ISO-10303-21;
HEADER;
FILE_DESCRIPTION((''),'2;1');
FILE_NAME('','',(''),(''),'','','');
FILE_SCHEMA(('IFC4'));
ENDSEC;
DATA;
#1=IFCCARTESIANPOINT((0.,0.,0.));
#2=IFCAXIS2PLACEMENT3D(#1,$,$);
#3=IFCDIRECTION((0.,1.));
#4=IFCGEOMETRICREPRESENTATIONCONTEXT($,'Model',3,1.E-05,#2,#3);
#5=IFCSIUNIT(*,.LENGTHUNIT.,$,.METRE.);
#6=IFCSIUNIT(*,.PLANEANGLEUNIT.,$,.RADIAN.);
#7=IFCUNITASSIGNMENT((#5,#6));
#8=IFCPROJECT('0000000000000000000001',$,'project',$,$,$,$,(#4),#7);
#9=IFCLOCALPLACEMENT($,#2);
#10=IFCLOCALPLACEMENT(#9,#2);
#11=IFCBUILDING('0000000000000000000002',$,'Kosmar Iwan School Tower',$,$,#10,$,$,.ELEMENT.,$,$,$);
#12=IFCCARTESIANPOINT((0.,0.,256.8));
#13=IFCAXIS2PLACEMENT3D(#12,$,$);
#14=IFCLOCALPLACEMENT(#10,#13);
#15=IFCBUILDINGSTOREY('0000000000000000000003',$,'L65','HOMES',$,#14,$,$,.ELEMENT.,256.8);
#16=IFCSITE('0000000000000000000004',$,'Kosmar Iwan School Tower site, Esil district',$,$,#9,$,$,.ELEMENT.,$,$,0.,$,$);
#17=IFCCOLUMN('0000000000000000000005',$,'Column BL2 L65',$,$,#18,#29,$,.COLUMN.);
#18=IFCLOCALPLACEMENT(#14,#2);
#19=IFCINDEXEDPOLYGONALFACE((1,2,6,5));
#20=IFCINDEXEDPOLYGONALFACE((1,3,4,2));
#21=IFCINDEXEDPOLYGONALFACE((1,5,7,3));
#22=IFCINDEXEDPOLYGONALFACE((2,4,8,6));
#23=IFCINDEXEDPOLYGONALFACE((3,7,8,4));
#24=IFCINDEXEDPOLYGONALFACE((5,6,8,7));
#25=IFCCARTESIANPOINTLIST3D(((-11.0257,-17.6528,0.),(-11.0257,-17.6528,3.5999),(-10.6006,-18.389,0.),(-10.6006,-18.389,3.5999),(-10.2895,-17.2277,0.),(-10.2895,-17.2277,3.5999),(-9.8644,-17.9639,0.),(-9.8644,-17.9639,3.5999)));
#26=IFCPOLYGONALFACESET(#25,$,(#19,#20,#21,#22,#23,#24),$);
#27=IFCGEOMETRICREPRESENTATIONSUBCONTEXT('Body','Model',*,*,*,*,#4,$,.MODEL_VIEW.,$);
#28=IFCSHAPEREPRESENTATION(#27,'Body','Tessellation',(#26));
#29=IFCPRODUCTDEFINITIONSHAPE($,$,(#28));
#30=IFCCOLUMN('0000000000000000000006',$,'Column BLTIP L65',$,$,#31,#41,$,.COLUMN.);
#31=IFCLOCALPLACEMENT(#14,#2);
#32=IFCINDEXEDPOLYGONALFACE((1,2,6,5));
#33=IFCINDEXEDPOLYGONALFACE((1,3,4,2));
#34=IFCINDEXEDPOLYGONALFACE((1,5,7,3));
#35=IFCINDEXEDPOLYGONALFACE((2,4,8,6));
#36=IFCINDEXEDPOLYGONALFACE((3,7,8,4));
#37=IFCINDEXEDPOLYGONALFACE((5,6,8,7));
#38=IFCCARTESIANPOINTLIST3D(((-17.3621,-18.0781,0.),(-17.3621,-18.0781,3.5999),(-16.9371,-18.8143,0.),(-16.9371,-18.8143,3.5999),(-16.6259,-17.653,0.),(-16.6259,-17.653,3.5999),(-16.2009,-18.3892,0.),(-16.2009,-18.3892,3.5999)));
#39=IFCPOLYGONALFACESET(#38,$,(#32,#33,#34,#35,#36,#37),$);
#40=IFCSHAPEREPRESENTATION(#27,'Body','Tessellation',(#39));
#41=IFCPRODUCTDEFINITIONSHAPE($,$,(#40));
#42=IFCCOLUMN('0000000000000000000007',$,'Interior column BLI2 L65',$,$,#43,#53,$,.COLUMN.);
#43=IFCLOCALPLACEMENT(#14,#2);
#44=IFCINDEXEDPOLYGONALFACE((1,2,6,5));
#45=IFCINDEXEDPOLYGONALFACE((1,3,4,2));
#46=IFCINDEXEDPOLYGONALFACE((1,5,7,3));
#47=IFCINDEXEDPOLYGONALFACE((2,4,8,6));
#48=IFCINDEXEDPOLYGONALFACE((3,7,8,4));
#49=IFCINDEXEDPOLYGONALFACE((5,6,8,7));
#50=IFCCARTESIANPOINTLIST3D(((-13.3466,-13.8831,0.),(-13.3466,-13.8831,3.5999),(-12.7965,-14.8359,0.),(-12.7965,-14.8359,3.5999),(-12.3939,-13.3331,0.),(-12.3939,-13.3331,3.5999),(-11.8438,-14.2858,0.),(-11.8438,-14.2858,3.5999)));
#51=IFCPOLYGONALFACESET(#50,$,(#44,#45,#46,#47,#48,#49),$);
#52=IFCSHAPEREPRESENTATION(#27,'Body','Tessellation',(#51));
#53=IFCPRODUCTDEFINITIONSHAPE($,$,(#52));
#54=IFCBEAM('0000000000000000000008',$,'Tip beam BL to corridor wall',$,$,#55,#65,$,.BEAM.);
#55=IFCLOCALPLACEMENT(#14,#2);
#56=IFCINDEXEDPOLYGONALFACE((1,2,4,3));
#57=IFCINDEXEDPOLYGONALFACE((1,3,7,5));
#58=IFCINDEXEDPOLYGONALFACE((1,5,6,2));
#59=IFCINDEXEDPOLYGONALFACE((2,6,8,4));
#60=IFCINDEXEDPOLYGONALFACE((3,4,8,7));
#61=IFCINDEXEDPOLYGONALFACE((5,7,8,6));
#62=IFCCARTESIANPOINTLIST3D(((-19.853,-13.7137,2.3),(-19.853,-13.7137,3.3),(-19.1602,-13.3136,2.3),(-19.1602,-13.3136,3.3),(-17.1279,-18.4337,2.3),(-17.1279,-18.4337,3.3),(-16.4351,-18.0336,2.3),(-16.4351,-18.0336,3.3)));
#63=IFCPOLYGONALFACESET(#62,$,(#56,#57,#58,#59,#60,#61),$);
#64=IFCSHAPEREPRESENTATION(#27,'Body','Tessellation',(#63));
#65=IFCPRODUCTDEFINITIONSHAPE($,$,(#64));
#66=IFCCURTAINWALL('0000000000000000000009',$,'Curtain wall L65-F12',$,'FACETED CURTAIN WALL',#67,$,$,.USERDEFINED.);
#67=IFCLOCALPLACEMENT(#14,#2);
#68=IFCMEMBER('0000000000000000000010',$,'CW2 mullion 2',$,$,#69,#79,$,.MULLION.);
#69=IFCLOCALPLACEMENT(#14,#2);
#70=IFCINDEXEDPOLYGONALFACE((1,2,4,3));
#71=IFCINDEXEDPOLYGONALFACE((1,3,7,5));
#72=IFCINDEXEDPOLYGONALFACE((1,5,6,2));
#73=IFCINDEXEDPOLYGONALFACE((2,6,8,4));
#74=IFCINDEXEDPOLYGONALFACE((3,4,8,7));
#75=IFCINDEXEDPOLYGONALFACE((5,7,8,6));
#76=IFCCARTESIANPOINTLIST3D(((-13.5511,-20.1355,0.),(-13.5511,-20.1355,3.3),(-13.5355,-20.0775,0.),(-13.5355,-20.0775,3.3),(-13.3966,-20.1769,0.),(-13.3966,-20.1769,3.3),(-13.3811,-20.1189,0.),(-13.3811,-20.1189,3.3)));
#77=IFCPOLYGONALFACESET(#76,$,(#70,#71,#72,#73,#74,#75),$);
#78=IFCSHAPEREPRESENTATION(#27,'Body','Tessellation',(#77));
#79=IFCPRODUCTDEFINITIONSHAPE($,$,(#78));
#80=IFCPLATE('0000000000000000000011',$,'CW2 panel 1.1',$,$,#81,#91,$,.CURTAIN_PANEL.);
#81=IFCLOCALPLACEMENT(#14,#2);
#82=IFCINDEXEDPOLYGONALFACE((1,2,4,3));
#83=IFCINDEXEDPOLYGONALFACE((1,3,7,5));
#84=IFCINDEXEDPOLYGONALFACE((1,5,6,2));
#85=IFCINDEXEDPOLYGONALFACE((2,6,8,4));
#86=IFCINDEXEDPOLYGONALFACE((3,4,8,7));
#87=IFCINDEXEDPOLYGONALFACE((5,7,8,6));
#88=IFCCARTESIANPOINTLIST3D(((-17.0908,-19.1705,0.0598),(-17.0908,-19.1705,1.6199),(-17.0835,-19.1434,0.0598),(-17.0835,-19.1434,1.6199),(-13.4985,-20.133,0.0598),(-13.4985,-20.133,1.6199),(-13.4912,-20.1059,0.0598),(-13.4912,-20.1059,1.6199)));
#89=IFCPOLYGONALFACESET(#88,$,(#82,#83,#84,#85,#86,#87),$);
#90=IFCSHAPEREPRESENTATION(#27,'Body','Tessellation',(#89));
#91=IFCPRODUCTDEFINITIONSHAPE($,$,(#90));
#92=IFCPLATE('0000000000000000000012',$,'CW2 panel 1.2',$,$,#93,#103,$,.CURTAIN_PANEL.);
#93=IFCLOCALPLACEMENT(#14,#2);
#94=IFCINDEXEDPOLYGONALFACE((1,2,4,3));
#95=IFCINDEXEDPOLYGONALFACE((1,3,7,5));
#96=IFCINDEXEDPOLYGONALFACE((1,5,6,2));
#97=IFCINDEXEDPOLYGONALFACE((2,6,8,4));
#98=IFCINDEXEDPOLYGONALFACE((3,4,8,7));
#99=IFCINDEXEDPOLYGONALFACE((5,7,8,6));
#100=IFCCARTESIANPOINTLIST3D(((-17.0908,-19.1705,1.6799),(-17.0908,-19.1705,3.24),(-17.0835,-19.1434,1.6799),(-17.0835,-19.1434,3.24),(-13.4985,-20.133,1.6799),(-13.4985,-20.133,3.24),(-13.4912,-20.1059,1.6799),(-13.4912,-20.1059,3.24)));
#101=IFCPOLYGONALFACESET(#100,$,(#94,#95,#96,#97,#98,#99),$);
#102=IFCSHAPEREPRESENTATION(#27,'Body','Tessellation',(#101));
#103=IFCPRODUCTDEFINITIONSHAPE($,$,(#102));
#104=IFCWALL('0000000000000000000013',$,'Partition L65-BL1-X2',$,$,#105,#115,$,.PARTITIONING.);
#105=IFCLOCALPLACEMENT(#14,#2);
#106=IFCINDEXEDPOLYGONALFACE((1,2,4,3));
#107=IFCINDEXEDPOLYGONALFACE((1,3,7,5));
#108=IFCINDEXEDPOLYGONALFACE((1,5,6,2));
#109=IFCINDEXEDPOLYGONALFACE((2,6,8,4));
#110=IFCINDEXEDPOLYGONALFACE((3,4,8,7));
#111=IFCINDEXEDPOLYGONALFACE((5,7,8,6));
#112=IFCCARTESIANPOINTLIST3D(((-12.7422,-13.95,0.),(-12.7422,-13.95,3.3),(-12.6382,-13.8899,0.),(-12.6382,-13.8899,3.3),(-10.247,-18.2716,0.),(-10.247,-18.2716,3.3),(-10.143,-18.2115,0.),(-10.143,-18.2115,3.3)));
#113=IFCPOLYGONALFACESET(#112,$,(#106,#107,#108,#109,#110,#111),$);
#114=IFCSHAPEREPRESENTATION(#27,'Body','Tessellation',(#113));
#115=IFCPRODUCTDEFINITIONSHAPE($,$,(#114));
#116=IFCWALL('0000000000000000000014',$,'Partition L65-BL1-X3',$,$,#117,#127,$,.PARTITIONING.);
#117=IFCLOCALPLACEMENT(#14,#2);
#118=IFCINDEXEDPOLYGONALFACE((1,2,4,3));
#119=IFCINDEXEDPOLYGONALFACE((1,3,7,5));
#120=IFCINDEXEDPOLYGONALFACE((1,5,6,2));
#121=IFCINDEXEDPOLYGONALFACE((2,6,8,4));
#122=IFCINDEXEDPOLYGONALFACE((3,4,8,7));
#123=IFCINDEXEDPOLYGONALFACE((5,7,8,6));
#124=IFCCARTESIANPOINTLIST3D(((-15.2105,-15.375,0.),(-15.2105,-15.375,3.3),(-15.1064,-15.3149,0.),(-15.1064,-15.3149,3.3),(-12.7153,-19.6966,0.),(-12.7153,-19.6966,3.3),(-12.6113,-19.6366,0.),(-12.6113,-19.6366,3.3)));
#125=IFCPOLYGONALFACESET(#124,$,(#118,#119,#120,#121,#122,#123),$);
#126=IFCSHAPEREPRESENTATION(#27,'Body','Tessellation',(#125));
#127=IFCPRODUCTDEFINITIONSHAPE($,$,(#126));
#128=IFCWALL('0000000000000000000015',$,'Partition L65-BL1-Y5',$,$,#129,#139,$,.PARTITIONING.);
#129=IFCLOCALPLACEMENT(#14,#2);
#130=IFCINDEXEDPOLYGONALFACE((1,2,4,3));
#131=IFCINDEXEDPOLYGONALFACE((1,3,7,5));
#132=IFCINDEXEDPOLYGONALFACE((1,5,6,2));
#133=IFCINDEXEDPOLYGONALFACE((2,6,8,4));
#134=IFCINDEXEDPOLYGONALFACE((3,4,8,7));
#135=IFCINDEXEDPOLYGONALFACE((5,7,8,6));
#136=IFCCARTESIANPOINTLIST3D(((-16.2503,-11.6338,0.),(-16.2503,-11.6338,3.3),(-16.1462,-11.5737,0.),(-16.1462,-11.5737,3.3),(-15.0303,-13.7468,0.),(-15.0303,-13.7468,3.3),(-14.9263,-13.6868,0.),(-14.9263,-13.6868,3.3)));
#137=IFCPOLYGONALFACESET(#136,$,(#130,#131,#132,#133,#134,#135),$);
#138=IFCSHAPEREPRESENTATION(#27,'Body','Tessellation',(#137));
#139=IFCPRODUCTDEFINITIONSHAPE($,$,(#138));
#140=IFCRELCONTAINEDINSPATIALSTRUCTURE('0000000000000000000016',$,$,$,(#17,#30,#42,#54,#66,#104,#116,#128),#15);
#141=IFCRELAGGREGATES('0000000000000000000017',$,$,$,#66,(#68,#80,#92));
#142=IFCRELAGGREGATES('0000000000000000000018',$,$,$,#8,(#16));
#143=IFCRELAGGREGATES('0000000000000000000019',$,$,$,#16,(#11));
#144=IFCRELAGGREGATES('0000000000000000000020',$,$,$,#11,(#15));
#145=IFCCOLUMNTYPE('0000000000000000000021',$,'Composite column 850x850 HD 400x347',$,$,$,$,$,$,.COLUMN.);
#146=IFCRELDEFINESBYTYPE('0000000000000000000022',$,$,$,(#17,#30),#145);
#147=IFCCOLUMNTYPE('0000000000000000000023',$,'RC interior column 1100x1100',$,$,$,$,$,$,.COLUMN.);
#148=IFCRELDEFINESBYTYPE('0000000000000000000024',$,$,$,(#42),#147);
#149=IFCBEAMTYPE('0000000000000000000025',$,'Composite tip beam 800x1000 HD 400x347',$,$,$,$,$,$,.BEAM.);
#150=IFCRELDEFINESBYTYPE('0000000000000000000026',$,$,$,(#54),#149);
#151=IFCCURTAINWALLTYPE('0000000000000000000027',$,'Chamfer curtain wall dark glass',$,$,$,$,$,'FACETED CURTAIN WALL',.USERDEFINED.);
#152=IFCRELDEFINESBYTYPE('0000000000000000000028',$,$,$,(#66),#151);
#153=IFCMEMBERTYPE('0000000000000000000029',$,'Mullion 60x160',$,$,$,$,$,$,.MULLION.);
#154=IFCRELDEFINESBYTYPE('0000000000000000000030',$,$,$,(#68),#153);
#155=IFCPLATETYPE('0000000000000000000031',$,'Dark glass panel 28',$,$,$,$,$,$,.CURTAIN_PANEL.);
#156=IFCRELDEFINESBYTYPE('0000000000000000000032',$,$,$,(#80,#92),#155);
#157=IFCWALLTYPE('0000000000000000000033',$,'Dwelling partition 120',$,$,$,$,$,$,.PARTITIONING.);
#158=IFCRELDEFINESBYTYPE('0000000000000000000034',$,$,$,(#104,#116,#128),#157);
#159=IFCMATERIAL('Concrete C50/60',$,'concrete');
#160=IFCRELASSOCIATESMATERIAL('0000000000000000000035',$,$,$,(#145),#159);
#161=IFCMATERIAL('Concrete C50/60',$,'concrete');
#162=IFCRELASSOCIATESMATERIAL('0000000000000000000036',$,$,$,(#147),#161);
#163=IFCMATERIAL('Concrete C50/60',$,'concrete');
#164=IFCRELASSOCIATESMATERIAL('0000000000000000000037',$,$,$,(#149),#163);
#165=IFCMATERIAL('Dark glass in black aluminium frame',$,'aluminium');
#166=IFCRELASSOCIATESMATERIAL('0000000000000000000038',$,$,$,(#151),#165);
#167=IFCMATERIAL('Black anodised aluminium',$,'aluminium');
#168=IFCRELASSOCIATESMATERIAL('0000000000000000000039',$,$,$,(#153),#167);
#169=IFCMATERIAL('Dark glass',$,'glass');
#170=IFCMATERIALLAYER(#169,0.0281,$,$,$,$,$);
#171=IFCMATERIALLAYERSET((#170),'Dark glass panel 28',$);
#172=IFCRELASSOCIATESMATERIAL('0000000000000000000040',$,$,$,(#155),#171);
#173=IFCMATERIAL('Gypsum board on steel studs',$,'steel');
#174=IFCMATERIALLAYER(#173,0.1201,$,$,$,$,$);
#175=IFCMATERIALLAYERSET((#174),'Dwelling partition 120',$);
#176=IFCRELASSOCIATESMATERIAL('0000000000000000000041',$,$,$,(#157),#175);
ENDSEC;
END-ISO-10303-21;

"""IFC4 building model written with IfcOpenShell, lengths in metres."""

from ifc_helpers import new_model, si_unit, direction, frame, frame_2d, origin, origin_2d, place, context, subcontext, project, spatial, rectangle, extrude, material, layer, layer_set, material_profile, profile_set, type_object, element, aggregate, save


model = new_model("IFC4")

# Units and contexts
model_context = context("Model", 3, precision=1e-05, world=origin(), true_north=direction((0.0, 1.0)))
body_context = subcontext(model_context, "Body", "Model", "MODEL_VIEW")
ifc_project = project(units=[si_unit("LENGTHUNIT", "METRE"), si_unit("PLANEANGLEUNIT", "RADIAN")], contexts=[model_context])

# Site, building, storey
site_placement = place(None, origin())
site = spatial("IfcSite", under=ifc_project, at=site_placement, Name="Kosmar Iwan School Tower site, Esil district", CompositionType="ELEMENT", RefElevation=0.0)
building_placement = place(site_placement, origin())
building = spatial("IfcBuilding", under=site, at=building_placement, Name="Kosmar Iwan School Tower", CompositionType="ELEMENT")
storey_placement = place(building_placement, frame((0.0, 0.0, 256.8)))
storey = spatial("IfcBuildingStorey", under=building, at=storey_placement, Name="L65", Description="HOMES", CompositionType="ELEMENT", Elevation=256.8)

# Columns
ifc_material_1 = material(Name="Concrete C50/60", Category="concrete")
ifc_material_profile_1 = material_profile(ifc_material_1, rectangle(XDim=0.8501, YDim=0.8501, at=origin_2d()), Name="RC 850x850 + HD 400x347")
ifc_profile_set_1 = profile_set([ifc_material_profile_1], Name="Concrete C50/60")
column_type_1 = type_object("IfcColumnType", Name="Composite column 850x850 HD 400x347", PredefinedType="COLUMN", material=ifc_profile_set_1)
for number, where, z_axis, x_axis, name in (
    (1, (-10.4451, -17.8083, 0.0), (0.0, 0.0, 1.0), (-0.866025, -0.5, 0.0), "Column BL2 L65"),
    (2, (-16.7815, -18.2336, 0.0), (0.0, 0.0, 1.0), (-0.866025, -0.5, 0.0), "Column BLTIP L65"),
):
    element("IfcColumn", number, at=place(storey_placement, frame(where, z_axis=z_axis, x_axis=x_axis)), inside=storey, type_object=column_type_1, Name=name, PredefinedType="COLUMN", context=body_context, shape_type="SweptSolid", body=[
        extrude(rectangle(XDim=0.8501, YDim=0.8501, at=origin_2d()), origin(), (0.0, 0.0, 1.0), 3.5999),
    ])
ifc_material_2 = material(Name="Concrete C50/60", Category="concrete")
ifc_material_profile_2 = material_profile(ifc_material_2, rectangle(XDim=1.1001, YDim=1.1001, at=origin_2d()), Name="RC 1100x1100")
ifc_profile_set_2 = profile_set([ifc_material_profile_2], Name="Concrete C50/60")
column_type_2 = type_object("IfcColumnType", Name="RC interior column 1100x1100", PredefinedType="COLUMN", material=ifc_profile_set_2)
column_placement = place(storey_placement, frame((-12.5952, -14.0845, 0.0), z_axis=(0.0, 0.0, 1.0), x_axis=(-0.866025, -0.5, 0.0)))
element("IfcColumn", 3, at=column_placement, inside=storey, type_object=column_type_2, Name="Interior column BLI2 L65", PredefinedType="COLUMN", context=body_context, shape_type="SweptSolid", body=[
    extrude(rectangle(XDim=1.1001, YDim=1.1001, at=origin_2d()), origin(), (0.0, 0.0, 1.0), 3.5999),
])

# Beam
ifc_material_3 = material(Name="Concrete C50/60", Category="concrete")
ifc_material_profile_3 = material_profile(ifc_material_3, rectangle(XDim=0.8, YDim=1.0, at=origin_2d()), Name="RC 800x1000 + HD 400x347")
ifc_profile_set_3 = profile_set([ifc_material_profile_3], Name="Concrete C50/60")
beam_type = type_object("IfcBeamType", Name="Composite tip beam 800x1000 HD 400x347", PredefinedType="BEAM", material=ifc_profile_set_3)
beam_placement = place(storey_placement, frame((-16.7815, -18.2336, 2.8), z_axis=(-0.500003, 0.866024, 0.0), x_axis=(-0.866024, -0.500003, 0.0)))
element("IfcBeam", 4, at=beam_placement, inside=storey, type_object=beam_type, Name="Tip beam BL to corridor wall", PredefinedType="BEAM", context=body_context, shape_type="SweptSolid", body=[
    extrude(rectangle(XDim=0.8, YDim=1.0, at=origin_2d()), origin(), (0.0, 0.0, 1.0), 5.4502),
])

# Curtain wall, member, plates
ifc_material_4 = material(Name="Dark glass in black aluminium frame", Category="aluminium")
curtain_wall_type = type_object("IfcCurtainWallType", Name="Chamfer curtain wall dark glass", ElementType="FACETED CURTAIN WALL", PredefinedType="USERDEFINED", material=ifc_material_4)
curtain_wall_placement = place(storey_placement, origin())
curtain_wall = element("IfcCurtainWall", 5, at=curtain_wall_placement, inside=storey, type_object=curtain_wall_type, Name="Curtain wall L65-F12", ObjectType="FACETED CURTAIN WALL", PredefinedType="USERDEFINED")
ifc_material_5 = material(Name="Black anodised aluminium", Category="aluminium")
ifc_material_profile_4 = material_profile(ifc_material_5, rectangle(XDim=0.0601, YDim=0.1599, at=origin_2d()), Name="MULLION 60x160")
ifc_profile_set_4 = profile_set([ifc_material_profile_4], Name="Black anodised aluminium")
member_type = type_object("IfcMemberType", Name="Mullion 60x160", PredefinedType="MULLION", material=ifc_profile_set_4)
member_placement = place(storey_placement, frame((-13.4661, -20.1272, 0.0), z_axis=(0.0, 0.0, 1.0), x_axis=(0.258819, 0.965926, 0.0)))
member = element("IfcMember", 6, at=member_placement, type_object=member_type, Name="CW2 mullion 2", PredefinedType="MULLION", context=body_context, shape_type="SweptSolid", body=[
    extrude(rectangle(XDim=0.0601, YDim=0.1599, at=origin_2d()), origin(), (0.0, 0.0, 1.0), 3.3),
])
ifc_material_6 = material(Name="Dark glass", Category="glass")
ifc_layer_1 = layer(ifc_material_6, 0.0281)
ifc_layer_set_1 = layer_set([ifc_layer_1], Name="Dark glass panel 28")
plate_type = type_object("IfcPlateType", Name="Dark glass panel 28", PredefinedType="CURTAIN_PANEL", material=ifc_layer_set_1)
plate_1_placement = place(storey_placement, frame((-15.291, -19.6382, 0.0598), z_axis=(0.0, 0.0, 1.0), x_axis=(0.965926, -0.258819, 0.0)))
plate_1 = element("IfcPlate", 7, at=plate_1_placement, type_object=plate_type, Name="CW2 panel 1.1", PredefinedType="CURTAIN_PANEL", context=body_context, shape_type="SweptSolid", body=[
    extrude(rectangle(XDim=3.719, YDim=0.0281, at=origin_2d()), origin(), (0.0, 0.0, 1.0), 1.5601),
])
plate_2_placement = place(storey_placement, frame((-15.291, -19.6382, 1.6799), z_axis=(0.0, 0.0, 1.0), x_axis=(0.965926, -0.258819, 0.0)))
plate_2 = element("IfcPlate", 8, at=plate_2_placement, type_object=plate_type, Name="CW2 panel 1.2", PredefinedType="CURTAIN_PANEL", context=body_context, shape_type="SweptSolid", body=[
    extrude(rectangle(XDim=3.719, YDim=0.0281, at=origin_2d()), origin(), (0.0, 0.0, 1.0), 1.5601),
])
aggregate(curtain_wall, [member, plate_1, plate_2])

# Walls
ifc_material_7 = material(Name="Gypsum board on steel studs", Category="steel")
ifc_layer_2 = layer(ifc_material_7, 0.1201)
ifc_layer_set_2 = layer_set([ifc_layer_2], Name="Dwelling partition 120")
wall_type = type_object("IfcWallType", Name="Dwelling partition 120", PredefinedType="PARTITIONING", material=ifc_layer_set_2)
for number, where, z_axis, x_axis, name in (
    (9, (-12.6902, -13.9199, 0.0), (0.0, 0.0, 1.0), (0.500012, -0.866019, 0.0), "Partition L65-BL1-X2"),
    (10, (-15.1584, -15.345, 0.0), (0.0, 0.0, 1.0), (0.500012, -0.866019, 0.0), "Partition L65-BL1-X3"),
):
    element("IfcWall", number, at=place(storey_placement, frame(where, z_axis=z_axis, x_axis=x_axis)), inside=storey, type_object=wall_type, Name=name, PredefinedType="PARTITIONING", context=body_context, shape_type="SweptSolid", body=[
        extrude(rectangle(XDim=4.9902, YDim=0.1201, at=frame_2d((2.4951, 0.0))), origin(), (0.0, 0.0, 1.0), 3.3),
    ])
wall_placement = place(storey_placement, frame((-16.1982, -11.6038, 0.0), z_axis=(0.0, 0.0, 1.0), x_axis=(0.500003, -0.866024, 0.0)))
element("IfcWall", 11, at=wall_placement, inside=storey, type_object=wall_type, Name="Partition L65-BL1-Y5", PredefinedType="PARTITIONING", context=body_context, shape_type="SweptSolid", body=[
    extrude(rectangle(XDim=2.4399, YDim=0.1201, at=frame_2d((1.22, 0.0))), origin(), (0.0, 0.0, 1.0), 3.3),
])

save(model, "model.ifc")
